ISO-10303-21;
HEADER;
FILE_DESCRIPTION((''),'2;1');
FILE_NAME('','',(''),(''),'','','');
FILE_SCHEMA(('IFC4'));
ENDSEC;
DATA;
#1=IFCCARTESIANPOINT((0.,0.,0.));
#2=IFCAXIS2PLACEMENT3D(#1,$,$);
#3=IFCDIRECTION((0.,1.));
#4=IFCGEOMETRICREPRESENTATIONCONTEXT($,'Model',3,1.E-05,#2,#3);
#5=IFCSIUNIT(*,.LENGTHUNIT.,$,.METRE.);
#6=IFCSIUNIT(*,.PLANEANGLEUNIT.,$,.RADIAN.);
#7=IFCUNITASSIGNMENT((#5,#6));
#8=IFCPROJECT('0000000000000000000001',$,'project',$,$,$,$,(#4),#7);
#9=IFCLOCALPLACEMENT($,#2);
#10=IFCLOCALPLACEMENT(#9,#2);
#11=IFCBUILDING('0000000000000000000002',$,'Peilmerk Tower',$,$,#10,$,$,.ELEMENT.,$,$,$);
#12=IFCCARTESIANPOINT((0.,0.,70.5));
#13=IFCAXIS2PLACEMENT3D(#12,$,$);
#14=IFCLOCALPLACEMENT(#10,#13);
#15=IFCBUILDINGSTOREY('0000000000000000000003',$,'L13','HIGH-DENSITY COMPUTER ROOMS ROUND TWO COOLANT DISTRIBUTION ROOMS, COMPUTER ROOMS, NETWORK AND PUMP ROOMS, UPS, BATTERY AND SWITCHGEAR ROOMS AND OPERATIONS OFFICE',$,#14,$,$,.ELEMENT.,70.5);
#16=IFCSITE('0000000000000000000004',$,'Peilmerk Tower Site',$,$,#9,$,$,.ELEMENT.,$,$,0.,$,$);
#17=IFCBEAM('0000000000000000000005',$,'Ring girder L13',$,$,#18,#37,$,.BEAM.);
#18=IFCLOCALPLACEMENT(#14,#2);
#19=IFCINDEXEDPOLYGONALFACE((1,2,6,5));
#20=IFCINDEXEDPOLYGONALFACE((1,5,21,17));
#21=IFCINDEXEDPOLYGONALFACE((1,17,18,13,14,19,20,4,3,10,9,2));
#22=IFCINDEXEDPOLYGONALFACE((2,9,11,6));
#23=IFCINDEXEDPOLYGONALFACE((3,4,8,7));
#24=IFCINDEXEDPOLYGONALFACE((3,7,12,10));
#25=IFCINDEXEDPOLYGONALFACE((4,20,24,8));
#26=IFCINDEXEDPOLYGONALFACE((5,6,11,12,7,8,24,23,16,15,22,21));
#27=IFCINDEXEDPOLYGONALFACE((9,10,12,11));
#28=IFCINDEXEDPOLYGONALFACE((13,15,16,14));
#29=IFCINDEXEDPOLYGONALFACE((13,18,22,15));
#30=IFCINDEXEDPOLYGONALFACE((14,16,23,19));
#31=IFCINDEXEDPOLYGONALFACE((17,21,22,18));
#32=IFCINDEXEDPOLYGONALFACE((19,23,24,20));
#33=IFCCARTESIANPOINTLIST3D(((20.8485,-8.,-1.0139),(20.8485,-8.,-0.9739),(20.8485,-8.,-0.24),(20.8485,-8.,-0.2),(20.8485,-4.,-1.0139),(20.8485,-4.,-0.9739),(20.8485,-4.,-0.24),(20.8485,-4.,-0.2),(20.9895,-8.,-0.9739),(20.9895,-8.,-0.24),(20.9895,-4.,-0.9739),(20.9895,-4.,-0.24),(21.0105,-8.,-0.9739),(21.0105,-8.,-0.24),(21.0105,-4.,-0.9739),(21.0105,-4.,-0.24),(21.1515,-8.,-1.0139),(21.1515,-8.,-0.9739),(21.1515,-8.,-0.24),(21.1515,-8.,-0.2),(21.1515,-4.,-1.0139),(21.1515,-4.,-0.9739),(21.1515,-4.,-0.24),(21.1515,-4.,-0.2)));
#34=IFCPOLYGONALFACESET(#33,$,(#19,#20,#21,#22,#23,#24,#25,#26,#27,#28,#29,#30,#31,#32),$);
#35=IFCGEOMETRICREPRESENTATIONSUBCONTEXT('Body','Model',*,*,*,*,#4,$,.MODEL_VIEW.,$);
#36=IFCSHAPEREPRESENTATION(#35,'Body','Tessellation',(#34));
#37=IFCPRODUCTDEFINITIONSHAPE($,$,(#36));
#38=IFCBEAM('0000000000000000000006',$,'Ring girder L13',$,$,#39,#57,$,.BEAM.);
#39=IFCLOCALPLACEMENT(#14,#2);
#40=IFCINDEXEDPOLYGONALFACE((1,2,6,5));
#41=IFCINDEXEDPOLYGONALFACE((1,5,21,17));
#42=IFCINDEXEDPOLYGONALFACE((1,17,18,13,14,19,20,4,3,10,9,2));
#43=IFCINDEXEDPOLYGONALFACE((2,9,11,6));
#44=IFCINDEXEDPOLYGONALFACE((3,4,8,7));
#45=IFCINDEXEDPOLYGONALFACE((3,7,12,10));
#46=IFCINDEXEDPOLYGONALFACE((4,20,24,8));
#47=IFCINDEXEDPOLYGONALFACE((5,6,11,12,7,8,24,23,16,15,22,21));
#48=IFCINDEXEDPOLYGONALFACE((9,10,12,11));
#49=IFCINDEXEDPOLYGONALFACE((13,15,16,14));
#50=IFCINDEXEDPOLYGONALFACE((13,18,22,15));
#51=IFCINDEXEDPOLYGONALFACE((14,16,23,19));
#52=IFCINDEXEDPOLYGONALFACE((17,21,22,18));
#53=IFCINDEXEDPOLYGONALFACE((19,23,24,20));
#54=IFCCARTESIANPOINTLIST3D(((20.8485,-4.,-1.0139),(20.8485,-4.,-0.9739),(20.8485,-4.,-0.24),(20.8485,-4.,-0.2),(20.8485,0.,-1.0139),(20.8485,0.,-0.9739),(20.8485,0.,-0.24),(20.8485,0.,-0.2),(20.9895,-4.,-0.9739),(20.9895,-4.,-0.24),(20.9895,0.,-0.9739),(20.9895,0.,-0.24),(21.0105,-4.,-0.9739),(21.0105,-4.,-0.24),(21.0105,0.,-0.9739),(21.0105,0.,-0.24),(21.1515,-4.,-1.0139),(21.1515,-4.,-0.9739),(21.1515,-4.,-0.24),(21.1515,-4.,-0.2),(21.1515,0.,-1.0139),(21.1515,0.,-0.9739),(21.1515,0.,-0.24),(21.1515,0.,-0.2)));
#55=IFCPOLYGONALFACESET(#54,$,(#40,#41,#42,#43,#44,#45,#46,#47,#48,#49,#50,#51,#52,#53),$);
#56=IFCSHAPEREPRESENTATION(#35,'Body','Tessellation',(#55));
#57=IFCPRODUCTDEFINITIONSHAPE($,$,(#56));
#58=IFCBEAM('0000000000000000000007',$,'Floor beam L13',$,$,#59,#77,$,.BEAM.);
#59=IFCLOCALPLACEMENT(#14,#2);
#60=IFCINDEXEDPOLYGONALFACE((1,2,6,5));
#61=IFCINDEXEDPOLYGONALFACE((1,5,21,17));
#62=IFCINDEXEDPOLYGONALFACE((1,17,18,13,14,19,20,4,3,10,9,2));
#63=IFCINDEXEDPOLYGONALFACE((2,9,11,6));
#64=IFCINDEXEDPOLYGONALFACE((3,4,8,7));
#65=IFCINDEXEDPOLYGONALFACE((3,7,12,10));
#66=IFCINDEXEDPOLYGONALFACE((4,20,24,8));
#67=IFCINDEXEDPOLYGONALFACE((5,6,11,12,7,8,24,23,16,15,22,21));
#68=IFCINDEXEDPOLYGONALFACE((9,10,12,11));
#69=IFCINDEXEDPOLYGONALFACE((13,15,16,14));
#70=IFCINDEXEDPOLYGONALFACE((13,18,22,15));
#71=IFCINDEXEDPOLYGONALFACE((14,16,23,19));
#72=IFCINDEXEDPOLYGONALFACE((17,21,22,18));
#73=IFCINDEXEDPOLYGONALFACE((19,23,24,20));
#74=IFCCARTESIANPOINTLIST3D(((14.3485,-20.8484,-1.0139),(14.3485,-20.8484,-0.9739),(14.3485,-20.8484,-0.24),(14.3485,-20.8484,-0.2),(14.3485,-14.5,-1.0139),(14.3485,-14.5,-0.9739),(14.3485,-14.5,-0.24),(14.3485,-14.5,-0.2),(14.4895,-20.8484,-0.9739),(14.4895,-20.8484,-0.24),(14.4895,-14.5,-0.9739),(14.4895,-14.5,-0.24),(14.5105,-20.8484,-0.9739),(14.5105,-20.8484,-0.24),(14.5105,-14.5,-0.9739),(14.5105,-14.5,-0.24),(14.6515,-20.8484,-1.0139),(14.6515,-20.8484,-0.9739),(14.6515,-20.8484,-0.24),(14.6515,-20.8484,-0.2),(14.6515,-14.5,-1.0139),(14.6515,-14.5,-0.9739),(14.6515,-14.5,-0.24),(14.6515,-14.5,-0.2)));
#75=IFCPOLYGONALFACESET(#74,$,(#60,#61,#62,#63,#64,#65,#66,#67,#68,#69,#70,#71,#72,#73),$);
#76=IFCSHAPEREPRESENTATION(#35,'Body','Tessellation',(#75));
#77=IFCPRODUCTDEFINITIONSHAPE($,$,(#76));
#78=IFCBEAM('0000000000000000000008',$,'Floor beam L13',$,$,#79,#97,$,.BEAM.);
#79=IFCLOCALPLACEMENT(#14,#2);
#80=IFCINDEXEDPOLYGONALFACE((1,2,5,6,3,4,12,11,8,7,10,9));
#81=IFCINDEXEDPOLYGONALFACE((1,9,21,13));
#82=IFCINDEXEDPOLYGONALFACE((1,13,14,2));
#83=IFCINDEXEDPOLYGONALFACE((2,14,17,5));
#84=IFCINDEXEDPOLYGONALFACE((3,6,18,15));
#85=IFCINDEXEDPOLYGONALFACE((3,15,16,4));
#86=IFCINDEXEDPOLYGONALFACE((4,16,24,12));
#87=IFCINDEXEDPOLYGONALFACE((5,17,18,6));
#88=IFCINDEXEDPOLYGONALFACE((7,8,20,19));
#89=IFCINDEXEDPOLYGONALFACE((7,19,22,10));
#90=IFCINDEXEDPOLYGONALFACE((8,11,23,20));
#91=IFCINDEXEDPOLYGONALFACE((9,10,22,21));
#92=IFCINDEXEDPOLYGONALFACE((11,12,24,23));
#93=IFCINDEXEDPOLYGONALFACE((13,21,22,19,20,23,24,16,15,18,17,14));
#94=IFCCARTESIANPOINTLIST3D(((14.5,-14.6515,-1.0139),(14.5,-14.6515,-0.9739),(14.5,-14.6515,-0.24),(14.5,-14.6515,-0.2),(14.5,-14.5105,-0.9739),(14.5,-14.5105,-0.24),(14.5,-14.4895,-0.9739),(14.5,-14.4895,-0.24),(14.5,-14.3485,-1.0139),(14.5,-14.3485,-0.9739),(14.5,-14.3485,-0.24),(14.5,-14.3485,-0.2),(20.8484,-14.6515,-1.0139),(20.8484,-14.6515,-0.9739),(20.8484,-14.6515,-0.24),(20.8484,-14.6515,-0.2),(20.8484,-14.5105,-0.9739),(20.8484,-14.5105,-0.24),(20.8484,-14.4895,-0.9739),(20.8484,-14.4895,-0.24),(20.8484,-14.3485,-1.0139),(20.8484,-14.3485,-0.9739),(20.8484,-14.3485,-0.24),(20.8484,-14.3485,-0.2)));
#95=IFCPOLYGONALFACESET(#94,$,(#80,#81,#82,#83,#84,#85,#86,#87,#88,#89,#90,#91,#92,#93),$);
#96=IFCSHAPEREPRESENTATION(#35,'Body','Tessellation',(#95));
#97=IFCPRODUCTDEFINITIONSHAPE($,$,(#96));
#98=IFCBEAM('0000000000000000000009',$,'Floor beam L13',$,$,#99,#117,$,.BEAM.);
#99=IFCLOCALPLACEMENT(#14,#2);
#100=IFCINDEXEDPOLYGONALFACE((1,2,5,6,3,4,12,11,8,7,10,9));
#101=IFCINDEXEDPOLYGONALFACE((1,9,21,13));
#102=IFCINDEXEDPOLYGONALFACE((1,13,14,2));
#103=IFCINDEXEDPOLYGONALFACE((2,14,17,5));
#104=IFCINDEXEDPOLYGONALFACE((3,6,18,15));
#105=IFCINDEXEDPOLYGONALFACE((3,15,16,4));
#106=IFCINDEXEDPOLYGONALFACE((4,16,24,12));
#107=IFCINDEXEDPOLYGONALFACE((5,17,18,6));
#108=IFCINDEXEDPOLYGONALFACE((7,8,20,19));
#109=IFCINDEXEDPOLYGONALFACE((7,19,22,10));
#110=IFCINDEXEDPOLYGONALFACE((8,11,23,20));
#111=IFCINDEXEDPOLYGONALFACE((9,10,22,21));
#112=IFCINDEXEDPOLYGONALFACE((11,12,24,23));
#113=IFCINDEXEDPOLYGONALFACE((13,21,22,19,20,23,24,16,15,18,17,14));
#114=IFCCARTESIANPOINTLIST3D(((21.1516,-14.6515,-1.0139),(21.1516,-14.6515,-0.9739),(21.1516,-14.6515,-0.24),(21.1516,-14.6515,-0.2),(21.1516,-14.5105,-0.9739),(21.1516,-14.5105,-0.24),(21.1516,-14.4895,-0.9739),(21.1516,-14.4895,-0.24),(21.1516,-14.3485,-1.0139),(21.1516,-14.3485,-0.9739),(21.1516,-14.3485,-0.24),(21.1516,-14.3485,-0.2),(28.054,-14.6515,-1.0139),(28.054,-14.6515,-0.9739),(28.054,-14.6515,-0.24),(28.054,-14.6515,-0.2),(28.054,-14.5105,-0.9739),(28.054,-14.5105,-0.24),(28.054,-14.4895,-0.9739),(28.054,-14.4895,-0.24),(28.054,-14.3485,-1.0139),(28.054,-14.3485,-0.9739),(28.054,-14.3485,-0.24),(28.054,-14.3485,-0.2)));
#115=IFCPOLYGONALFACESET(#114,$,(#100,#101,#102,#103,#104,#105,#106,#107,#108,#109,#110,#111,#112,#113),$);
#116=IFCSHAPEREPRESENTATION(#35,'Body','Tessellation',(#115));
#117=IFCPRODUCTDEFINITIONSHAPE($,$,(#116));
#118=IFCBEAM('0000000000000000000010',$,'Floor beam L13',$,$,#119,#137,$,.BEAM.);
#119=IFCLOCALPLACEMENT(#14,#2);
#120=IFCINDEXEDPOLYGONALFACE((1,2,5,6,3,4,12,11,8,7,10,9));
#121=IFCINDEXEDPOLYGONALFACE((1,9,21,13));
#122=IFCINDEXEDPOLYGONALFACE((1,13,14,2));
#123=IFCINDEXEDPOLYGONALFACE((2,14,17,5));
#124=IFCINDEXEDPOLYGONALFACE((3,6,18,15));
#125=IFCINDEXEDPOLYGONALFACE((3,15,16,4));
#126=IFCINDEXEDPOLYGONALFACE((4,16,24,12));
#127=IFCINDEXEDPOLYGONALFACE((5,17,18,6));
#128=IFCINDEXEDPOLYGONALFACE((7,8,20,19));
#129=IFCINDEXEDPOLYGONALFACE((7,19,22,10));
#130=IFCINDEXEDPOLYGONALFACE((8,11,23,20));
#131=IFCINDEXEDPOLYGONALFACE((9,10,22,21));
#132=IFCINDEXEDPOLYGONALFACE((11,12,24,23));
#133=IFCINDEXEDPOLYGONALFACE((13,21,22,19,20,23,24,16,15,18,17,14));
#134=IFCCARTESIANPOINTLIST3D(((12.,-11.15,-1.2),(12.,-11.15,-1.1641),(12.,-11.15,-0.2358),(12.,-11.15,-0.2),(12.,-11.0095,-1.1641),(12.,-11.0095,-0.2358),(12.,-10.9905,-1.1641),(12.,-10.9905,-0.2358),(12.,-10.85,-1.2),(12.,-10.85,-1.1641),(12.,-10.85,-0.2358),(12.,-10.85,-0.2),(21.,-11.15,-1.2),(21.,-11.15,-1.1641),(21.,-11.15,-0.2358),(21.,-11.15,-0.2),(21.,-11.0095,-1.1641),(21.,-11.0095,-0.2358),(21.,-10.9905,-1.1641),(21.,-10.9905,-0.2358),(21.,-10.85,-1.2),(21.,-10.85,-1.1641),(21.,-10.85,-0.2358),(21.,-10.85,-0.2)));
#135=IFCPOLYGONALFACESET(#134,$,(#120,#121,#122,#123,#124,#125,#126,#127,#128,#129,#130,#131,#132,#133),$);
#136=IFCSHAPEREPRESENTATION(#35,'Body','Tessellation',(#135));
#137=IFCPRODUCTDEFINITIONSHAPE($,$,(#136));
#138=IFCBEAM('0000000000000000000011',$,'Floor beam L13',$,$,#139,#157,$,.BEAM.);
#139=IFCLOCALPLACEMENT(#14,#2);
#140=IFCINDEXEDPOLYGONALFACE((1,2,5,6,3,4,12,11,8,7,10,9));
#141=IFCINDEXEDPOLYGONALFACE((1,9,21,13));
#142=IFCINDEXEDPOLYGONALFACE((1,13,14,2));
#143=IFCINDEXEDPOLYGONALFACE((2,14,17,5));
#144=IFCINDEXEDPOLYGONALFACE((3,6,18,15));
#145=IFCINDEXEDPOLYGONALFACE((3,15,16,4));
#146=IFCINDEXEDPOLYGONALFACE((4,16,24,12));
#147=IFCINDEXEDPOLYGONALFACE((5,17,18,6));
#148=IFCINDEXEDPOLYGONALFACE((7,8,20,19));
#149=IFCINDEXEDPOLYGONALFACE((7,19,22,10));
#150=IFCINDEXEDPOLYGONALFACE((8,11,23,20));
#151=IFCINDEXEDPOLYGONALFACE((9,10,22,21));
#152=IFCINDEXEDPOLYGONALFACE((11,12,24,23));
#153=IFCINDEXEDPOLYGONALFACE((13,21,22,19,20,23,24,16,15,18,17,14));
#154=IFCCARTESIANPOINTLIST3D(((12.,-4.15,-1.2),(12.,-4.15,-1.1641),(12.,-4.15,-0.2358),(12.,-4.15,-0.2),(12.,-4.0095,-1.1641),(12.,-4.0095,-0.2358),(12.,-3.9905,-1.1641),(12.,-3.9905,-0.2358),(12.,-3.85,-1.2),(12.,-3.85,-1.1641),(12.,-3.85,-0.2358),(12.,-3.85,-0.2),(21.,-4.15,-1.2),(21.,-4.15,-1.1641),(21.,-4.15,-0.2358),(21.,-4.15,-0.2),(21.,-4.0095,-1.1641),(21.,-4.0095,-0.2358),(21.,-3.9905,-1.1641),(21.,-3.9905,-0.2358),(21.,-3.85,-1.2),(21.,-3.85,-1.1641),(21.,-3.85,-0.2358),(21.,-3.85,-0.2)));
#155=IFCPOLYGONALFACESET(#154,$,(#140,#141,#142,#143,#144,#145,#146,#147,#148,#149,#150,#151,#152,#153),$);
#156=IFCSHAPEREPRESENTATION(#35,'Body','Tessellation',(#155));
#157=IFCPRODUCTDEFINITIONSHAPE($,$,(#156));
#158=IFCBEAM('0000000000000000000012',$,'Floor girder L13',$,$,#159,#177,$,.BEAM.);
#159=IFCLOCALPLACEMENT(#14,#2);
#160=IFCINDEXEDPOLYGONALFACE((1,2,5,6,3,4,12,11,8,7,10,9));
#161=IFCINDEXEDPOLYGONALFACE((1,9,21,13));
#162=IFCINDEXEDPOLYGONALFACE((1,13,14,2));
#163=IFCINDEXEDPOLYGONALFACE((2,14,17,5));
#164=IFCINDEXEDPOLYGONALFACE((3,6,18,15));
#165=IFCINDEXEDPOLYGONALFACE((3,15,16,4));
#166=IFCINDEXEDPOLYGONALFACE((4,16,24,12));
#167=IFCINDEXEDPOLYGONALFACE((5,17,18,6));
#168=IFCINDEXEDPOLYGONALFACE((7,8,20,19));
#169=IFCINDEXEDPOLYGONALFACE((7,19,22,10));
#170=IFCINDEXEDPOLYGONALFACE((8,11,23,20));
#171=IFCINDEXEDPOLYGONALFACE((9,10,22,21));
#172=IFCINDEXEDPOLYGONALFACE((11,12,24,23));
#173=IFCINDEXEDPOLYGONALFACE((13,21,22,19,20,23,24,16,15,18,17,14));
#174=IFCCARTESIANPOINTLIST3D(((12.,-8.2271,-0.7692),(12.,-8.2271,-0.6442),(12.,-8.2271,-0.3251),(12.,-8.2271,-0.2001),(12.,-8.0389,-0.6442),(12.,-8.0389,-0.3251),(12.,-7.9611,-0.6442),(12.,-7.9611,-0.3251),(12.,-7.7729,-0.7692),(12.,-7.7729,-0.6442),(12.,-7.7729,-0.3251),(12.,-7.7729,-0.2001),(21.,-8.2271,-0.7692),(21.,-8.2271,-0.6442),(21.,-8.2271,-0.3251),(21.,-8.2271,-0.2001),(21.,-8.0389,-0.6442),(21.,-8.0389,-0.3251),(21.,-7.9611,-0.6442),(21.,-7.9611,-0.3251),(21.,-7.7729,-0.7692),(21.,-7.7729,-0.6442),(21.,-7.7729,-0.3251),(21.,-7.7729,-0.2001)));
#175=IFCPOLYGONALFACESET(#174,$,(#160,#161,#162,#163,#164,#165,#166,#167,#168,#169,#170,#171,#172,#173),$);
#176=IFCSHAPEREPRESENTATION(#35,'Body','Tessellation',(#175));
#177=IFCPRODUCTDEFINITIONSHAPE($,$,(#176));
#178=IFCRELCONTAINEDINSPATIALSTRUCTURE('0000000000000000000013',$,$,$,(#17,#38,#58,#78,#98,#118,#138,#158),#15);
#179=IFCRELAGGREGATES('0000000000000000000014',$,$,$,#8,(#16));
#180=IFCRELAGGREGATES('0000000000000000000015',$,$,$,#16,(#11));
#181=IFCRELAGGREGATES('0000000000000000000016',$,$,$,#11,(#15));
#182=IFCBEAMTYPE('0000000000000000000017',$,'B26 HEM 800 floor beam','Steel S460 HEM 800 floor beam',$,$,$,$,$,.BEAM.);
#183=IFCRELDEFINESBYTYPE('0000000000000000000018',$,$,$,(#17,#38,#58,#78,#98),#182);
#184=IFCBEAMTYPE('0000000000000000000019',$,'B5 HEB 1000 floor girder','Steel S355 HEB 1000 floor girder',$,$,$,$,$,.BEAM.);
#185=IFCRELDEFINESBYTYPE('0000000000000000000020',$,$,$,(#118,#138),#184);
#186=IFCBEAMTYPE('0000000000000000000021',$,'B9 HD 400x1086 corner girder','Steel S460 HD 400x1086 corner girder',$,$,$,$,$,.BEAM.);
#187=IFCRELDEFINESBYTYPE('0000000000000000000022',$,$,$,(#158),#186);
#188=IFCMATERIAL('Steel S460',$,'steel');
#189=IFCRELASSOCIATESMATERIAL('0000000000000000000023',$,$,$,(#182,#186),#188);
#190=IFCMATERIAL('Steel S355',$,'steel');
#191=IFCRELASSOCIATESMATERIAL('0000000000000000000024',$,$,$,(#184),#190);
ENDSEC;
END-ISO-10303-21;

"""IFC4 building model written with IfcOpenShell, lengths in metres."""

from ifc_helpers import new_model, si_unit, direction, frame, origin, origin_2d, place, context, subcontext, project, spatial, i_section, extrude, material, material_profile, profile_set, type_object, element, save


model = new_model("IFC4")

# Units and contexts
model_context = context("Model", 3, precision=1e-05, world=origin(), true_north=direction((0.0, 1.0)))
body_context = subcontext(model_context, "Body", "Model", "MODEL_VIEW")
ifc_project = project(units=[si_unit("LENGTHUNIT", "METRE"), si_unit("PLANEANGLEUNIT", "RADIAN")], contexts=[model_context])

# Site, building, storey
site_placement = place(None, origin())
site = spatial("IfcSite", under=ifc_project, at=site_placement, Name="Peilmerk Tower Site", CompositionType="ELEMENT", RefElevation=0.0)
building_placement = place(site_placement, origin())
building = spatial("IfcBuilding", under=site, at=building_placement, Name="Peilmerk Tower", CompositionType="ELEMENT")
storey_placement = place(building_placement, frame((0.0, 0.0, 70.5)))
storey = spatial("IfcBuildingStorey", under=building, at=storey_placement, Name="L13", Description="HIGH-DENSITY COMPUTER ROOMS ROUND TWO COOLANT DISTRIBUTION ROOMS, COMPUTER ROOMS, NETWORK AND PUMP ROOMS, UPS, BATTERY AND SWITCHGEAR ROOMS AND OPERATIONS OFFICE", CompositionType="ELEMENT", Elevation=70.5)

# Beams
ifc_material_1 = material(Name="Steel S355", Category="steel")
ifc_material_2 = material(Name="Steel S460", Category="steel")
ifc_material_profile_1 = material_profile(ifc_material_2, i_section(OverallWidth=0.303, OverallDepth=0.814, WebThickness=0.021, FlangeThickness=0.04, at=origin_2d()), Name="HEM 800")
ifc_profile_set_1 = profile_set([ifc_material_profile_1], Name="Steel S460")
beam_type_1 = type_object("IfcBeamType", Name="B26 HEM 800 floor beam", Description="Steel S460 HEM 800 floor beam", PredefinedType="BEAM", material=ifc_profile_set_1)
for number, where, z_axis, x_axis, name in (
    (1, (21.0, -8.0, -0.6069), (0.0, 1.0, 0.0), (-1.0, 0.0, 0.0), "Ring girder L13"),
    (2, (21.0, -4.0, -0.6069), (0.0, 1.0, 0.0), (-1.0, 0.0, 0.0), "Ring girder L13"),
):
    element("IfcBeam", number, at=place(storey_placement, frame(where, z_axis=z_axis, x_axis=x_axis)), inside=storey, type_object=beam_type_1, Name=name, PredefinedType="BEAM", context=body_context, shape_type="SweptSolid", body=[
        extrude(i_section(OverallWidth=0.303, OverallDepth=0.814, WebThickness=0.021, FlangeThickness=0.04, at=origin_2d()), origin(), (0.0, 0.0, 1.0), 4.0),
    ])
for number, where, z_axis, x_axis, name in (
    (3, (14.5, -14.5, -0.6069), (0.0, -1.0, 0.0), (1.0, 0.0, 0.0), "Floor beam L13"),
    (4, (14.5, -14.5, -0.6069), (1.0, 0.0, 0.0), (0.0, 1.0, 0.0), "Floor beam L13"),
):
    element("IfcBeam", number, at=place(storey_placement, frame(where, z_axis=z_axis, x_axis=x_axis)), inside=storey, type_object=beam_type_1, Name=name, PredefinedType="BEAM", context=body_context, shape_type="SweptSolid", body=[
        extrude(i_section(OverallWidth=0.303, OverallDepth=0.814, WebThickness=0.021, FlangeThickness=0.04, at=origin_2d()), origin(), (0.0, 0.0, 1.0), 6.3484),
    ])
beam_1_placement = place(storey_placement, frame((21.1516, -14.5, -0.6069), z_axis=(1.0, 0.0, 0.0), x_axis=(0.0, 1.0, 0.0)))
element("IfcBeam", 5, at=beam_1_placement, inside=storey, type_object=beam_type_1, Name="Floor beam L13", PredefinedType="BEAM", context=body_context, shape_type="SweptSolid", body=[
    extrude(i_section(OverallWidth=0.303, OverallDepth=0.814, WebThickness=0.021, FlangeThickness=0.04, at=origin_2d()), origin(), (0.0, 0.0, 1.0), 6.9023),
])
ifc_material_profile_2 = material_profile(ifc_material_1, i_section(OverallWidth=0.3, OverallDepth=1.0, WebThickness=0.019, FlangeThickness=0.0359, at=origin_2d()), Name="HEB 1000")
ifc_profile_set_2 = profile_set([ifc_material_profile_2], Name="Steel S355")
beam_type_2 = type_object("IfcBeamType", Name="B5 HEB 1000 floor girder", Description="Steel S355 HEB 1000 floor girder", PredefinedType="BEAM", material=ifc_profile_set_2)
for number, where, z_axis, x_axis, name in (
    (6, (12.0, -11.0, -0.7), (1.0, 0.0, 0.0), (0.0, 1.0, 0.0), "Floor beam L13"),
    (7, (12.0, -4.0, -0.7), (1.0, 0.0, 0.0), (0.0, 1.0, 0.0), "Floor beam L13"),
):
    element("IfcBeam", number, at=place(storey_placement, frame(where, z_axis=z_axis, x_axis=x_axis)), inside=storey, type_object=beam_type_2, Name=name, PredefinedType="BEAM", context=body_context, shape_type="SweptSolid", body=[
        extrude(i_section(OverallWidth=0.3, OverallDepth=1.0, WebThickness=0.019, FlangeThickness=0.0359, at=origin_2d()), origin(), (0.0, 0.0, 1.0), 9.0),
    ])
ifc_material_profile_3 = material_profile(ifc_material_2, i_section(OverallWidth=0.4541, OverallDepth=0.5691, WebThickness=0.0779, FlangeThickness=0.125, at=origin_2d()), Name="HD 400x1086")
ifc_profile_set_3 = profile_set([ifc_material_profile_3], Name="Steel S460")
beam_type_3 = type_object("IfcBeamType", Name="B9 HD 400x1086 corner girder", Description="Steel S460 HD 400x1086 corner girder", PredefinedType="BEAM", material=ifc_profile_set_3)
beam_2_placement = place(storey_placement, frame((12.0, -8.0, -0.4846), z_axis=(1.0, 0.0, 0.0), x_axis=(0.0, 1.0, 0.0)))
element("IfcBeam", 8, at=beam_2_placement, inside=storey, type_object=beam_type_3, Name="Floor girder L13", PredefinedType="BEAM", context=body_context, shape_type="SweptSolid", body=[
    extrude(i_section(OverallWidth=0.4541, OverallDepth=0.5691, WebThickness=0.0779, FlangeThickness=0.125, at=origin_2d()), origin(), (0.0, 0.0, 1.0), 9.0),
])

save(model, "model.ifc")
